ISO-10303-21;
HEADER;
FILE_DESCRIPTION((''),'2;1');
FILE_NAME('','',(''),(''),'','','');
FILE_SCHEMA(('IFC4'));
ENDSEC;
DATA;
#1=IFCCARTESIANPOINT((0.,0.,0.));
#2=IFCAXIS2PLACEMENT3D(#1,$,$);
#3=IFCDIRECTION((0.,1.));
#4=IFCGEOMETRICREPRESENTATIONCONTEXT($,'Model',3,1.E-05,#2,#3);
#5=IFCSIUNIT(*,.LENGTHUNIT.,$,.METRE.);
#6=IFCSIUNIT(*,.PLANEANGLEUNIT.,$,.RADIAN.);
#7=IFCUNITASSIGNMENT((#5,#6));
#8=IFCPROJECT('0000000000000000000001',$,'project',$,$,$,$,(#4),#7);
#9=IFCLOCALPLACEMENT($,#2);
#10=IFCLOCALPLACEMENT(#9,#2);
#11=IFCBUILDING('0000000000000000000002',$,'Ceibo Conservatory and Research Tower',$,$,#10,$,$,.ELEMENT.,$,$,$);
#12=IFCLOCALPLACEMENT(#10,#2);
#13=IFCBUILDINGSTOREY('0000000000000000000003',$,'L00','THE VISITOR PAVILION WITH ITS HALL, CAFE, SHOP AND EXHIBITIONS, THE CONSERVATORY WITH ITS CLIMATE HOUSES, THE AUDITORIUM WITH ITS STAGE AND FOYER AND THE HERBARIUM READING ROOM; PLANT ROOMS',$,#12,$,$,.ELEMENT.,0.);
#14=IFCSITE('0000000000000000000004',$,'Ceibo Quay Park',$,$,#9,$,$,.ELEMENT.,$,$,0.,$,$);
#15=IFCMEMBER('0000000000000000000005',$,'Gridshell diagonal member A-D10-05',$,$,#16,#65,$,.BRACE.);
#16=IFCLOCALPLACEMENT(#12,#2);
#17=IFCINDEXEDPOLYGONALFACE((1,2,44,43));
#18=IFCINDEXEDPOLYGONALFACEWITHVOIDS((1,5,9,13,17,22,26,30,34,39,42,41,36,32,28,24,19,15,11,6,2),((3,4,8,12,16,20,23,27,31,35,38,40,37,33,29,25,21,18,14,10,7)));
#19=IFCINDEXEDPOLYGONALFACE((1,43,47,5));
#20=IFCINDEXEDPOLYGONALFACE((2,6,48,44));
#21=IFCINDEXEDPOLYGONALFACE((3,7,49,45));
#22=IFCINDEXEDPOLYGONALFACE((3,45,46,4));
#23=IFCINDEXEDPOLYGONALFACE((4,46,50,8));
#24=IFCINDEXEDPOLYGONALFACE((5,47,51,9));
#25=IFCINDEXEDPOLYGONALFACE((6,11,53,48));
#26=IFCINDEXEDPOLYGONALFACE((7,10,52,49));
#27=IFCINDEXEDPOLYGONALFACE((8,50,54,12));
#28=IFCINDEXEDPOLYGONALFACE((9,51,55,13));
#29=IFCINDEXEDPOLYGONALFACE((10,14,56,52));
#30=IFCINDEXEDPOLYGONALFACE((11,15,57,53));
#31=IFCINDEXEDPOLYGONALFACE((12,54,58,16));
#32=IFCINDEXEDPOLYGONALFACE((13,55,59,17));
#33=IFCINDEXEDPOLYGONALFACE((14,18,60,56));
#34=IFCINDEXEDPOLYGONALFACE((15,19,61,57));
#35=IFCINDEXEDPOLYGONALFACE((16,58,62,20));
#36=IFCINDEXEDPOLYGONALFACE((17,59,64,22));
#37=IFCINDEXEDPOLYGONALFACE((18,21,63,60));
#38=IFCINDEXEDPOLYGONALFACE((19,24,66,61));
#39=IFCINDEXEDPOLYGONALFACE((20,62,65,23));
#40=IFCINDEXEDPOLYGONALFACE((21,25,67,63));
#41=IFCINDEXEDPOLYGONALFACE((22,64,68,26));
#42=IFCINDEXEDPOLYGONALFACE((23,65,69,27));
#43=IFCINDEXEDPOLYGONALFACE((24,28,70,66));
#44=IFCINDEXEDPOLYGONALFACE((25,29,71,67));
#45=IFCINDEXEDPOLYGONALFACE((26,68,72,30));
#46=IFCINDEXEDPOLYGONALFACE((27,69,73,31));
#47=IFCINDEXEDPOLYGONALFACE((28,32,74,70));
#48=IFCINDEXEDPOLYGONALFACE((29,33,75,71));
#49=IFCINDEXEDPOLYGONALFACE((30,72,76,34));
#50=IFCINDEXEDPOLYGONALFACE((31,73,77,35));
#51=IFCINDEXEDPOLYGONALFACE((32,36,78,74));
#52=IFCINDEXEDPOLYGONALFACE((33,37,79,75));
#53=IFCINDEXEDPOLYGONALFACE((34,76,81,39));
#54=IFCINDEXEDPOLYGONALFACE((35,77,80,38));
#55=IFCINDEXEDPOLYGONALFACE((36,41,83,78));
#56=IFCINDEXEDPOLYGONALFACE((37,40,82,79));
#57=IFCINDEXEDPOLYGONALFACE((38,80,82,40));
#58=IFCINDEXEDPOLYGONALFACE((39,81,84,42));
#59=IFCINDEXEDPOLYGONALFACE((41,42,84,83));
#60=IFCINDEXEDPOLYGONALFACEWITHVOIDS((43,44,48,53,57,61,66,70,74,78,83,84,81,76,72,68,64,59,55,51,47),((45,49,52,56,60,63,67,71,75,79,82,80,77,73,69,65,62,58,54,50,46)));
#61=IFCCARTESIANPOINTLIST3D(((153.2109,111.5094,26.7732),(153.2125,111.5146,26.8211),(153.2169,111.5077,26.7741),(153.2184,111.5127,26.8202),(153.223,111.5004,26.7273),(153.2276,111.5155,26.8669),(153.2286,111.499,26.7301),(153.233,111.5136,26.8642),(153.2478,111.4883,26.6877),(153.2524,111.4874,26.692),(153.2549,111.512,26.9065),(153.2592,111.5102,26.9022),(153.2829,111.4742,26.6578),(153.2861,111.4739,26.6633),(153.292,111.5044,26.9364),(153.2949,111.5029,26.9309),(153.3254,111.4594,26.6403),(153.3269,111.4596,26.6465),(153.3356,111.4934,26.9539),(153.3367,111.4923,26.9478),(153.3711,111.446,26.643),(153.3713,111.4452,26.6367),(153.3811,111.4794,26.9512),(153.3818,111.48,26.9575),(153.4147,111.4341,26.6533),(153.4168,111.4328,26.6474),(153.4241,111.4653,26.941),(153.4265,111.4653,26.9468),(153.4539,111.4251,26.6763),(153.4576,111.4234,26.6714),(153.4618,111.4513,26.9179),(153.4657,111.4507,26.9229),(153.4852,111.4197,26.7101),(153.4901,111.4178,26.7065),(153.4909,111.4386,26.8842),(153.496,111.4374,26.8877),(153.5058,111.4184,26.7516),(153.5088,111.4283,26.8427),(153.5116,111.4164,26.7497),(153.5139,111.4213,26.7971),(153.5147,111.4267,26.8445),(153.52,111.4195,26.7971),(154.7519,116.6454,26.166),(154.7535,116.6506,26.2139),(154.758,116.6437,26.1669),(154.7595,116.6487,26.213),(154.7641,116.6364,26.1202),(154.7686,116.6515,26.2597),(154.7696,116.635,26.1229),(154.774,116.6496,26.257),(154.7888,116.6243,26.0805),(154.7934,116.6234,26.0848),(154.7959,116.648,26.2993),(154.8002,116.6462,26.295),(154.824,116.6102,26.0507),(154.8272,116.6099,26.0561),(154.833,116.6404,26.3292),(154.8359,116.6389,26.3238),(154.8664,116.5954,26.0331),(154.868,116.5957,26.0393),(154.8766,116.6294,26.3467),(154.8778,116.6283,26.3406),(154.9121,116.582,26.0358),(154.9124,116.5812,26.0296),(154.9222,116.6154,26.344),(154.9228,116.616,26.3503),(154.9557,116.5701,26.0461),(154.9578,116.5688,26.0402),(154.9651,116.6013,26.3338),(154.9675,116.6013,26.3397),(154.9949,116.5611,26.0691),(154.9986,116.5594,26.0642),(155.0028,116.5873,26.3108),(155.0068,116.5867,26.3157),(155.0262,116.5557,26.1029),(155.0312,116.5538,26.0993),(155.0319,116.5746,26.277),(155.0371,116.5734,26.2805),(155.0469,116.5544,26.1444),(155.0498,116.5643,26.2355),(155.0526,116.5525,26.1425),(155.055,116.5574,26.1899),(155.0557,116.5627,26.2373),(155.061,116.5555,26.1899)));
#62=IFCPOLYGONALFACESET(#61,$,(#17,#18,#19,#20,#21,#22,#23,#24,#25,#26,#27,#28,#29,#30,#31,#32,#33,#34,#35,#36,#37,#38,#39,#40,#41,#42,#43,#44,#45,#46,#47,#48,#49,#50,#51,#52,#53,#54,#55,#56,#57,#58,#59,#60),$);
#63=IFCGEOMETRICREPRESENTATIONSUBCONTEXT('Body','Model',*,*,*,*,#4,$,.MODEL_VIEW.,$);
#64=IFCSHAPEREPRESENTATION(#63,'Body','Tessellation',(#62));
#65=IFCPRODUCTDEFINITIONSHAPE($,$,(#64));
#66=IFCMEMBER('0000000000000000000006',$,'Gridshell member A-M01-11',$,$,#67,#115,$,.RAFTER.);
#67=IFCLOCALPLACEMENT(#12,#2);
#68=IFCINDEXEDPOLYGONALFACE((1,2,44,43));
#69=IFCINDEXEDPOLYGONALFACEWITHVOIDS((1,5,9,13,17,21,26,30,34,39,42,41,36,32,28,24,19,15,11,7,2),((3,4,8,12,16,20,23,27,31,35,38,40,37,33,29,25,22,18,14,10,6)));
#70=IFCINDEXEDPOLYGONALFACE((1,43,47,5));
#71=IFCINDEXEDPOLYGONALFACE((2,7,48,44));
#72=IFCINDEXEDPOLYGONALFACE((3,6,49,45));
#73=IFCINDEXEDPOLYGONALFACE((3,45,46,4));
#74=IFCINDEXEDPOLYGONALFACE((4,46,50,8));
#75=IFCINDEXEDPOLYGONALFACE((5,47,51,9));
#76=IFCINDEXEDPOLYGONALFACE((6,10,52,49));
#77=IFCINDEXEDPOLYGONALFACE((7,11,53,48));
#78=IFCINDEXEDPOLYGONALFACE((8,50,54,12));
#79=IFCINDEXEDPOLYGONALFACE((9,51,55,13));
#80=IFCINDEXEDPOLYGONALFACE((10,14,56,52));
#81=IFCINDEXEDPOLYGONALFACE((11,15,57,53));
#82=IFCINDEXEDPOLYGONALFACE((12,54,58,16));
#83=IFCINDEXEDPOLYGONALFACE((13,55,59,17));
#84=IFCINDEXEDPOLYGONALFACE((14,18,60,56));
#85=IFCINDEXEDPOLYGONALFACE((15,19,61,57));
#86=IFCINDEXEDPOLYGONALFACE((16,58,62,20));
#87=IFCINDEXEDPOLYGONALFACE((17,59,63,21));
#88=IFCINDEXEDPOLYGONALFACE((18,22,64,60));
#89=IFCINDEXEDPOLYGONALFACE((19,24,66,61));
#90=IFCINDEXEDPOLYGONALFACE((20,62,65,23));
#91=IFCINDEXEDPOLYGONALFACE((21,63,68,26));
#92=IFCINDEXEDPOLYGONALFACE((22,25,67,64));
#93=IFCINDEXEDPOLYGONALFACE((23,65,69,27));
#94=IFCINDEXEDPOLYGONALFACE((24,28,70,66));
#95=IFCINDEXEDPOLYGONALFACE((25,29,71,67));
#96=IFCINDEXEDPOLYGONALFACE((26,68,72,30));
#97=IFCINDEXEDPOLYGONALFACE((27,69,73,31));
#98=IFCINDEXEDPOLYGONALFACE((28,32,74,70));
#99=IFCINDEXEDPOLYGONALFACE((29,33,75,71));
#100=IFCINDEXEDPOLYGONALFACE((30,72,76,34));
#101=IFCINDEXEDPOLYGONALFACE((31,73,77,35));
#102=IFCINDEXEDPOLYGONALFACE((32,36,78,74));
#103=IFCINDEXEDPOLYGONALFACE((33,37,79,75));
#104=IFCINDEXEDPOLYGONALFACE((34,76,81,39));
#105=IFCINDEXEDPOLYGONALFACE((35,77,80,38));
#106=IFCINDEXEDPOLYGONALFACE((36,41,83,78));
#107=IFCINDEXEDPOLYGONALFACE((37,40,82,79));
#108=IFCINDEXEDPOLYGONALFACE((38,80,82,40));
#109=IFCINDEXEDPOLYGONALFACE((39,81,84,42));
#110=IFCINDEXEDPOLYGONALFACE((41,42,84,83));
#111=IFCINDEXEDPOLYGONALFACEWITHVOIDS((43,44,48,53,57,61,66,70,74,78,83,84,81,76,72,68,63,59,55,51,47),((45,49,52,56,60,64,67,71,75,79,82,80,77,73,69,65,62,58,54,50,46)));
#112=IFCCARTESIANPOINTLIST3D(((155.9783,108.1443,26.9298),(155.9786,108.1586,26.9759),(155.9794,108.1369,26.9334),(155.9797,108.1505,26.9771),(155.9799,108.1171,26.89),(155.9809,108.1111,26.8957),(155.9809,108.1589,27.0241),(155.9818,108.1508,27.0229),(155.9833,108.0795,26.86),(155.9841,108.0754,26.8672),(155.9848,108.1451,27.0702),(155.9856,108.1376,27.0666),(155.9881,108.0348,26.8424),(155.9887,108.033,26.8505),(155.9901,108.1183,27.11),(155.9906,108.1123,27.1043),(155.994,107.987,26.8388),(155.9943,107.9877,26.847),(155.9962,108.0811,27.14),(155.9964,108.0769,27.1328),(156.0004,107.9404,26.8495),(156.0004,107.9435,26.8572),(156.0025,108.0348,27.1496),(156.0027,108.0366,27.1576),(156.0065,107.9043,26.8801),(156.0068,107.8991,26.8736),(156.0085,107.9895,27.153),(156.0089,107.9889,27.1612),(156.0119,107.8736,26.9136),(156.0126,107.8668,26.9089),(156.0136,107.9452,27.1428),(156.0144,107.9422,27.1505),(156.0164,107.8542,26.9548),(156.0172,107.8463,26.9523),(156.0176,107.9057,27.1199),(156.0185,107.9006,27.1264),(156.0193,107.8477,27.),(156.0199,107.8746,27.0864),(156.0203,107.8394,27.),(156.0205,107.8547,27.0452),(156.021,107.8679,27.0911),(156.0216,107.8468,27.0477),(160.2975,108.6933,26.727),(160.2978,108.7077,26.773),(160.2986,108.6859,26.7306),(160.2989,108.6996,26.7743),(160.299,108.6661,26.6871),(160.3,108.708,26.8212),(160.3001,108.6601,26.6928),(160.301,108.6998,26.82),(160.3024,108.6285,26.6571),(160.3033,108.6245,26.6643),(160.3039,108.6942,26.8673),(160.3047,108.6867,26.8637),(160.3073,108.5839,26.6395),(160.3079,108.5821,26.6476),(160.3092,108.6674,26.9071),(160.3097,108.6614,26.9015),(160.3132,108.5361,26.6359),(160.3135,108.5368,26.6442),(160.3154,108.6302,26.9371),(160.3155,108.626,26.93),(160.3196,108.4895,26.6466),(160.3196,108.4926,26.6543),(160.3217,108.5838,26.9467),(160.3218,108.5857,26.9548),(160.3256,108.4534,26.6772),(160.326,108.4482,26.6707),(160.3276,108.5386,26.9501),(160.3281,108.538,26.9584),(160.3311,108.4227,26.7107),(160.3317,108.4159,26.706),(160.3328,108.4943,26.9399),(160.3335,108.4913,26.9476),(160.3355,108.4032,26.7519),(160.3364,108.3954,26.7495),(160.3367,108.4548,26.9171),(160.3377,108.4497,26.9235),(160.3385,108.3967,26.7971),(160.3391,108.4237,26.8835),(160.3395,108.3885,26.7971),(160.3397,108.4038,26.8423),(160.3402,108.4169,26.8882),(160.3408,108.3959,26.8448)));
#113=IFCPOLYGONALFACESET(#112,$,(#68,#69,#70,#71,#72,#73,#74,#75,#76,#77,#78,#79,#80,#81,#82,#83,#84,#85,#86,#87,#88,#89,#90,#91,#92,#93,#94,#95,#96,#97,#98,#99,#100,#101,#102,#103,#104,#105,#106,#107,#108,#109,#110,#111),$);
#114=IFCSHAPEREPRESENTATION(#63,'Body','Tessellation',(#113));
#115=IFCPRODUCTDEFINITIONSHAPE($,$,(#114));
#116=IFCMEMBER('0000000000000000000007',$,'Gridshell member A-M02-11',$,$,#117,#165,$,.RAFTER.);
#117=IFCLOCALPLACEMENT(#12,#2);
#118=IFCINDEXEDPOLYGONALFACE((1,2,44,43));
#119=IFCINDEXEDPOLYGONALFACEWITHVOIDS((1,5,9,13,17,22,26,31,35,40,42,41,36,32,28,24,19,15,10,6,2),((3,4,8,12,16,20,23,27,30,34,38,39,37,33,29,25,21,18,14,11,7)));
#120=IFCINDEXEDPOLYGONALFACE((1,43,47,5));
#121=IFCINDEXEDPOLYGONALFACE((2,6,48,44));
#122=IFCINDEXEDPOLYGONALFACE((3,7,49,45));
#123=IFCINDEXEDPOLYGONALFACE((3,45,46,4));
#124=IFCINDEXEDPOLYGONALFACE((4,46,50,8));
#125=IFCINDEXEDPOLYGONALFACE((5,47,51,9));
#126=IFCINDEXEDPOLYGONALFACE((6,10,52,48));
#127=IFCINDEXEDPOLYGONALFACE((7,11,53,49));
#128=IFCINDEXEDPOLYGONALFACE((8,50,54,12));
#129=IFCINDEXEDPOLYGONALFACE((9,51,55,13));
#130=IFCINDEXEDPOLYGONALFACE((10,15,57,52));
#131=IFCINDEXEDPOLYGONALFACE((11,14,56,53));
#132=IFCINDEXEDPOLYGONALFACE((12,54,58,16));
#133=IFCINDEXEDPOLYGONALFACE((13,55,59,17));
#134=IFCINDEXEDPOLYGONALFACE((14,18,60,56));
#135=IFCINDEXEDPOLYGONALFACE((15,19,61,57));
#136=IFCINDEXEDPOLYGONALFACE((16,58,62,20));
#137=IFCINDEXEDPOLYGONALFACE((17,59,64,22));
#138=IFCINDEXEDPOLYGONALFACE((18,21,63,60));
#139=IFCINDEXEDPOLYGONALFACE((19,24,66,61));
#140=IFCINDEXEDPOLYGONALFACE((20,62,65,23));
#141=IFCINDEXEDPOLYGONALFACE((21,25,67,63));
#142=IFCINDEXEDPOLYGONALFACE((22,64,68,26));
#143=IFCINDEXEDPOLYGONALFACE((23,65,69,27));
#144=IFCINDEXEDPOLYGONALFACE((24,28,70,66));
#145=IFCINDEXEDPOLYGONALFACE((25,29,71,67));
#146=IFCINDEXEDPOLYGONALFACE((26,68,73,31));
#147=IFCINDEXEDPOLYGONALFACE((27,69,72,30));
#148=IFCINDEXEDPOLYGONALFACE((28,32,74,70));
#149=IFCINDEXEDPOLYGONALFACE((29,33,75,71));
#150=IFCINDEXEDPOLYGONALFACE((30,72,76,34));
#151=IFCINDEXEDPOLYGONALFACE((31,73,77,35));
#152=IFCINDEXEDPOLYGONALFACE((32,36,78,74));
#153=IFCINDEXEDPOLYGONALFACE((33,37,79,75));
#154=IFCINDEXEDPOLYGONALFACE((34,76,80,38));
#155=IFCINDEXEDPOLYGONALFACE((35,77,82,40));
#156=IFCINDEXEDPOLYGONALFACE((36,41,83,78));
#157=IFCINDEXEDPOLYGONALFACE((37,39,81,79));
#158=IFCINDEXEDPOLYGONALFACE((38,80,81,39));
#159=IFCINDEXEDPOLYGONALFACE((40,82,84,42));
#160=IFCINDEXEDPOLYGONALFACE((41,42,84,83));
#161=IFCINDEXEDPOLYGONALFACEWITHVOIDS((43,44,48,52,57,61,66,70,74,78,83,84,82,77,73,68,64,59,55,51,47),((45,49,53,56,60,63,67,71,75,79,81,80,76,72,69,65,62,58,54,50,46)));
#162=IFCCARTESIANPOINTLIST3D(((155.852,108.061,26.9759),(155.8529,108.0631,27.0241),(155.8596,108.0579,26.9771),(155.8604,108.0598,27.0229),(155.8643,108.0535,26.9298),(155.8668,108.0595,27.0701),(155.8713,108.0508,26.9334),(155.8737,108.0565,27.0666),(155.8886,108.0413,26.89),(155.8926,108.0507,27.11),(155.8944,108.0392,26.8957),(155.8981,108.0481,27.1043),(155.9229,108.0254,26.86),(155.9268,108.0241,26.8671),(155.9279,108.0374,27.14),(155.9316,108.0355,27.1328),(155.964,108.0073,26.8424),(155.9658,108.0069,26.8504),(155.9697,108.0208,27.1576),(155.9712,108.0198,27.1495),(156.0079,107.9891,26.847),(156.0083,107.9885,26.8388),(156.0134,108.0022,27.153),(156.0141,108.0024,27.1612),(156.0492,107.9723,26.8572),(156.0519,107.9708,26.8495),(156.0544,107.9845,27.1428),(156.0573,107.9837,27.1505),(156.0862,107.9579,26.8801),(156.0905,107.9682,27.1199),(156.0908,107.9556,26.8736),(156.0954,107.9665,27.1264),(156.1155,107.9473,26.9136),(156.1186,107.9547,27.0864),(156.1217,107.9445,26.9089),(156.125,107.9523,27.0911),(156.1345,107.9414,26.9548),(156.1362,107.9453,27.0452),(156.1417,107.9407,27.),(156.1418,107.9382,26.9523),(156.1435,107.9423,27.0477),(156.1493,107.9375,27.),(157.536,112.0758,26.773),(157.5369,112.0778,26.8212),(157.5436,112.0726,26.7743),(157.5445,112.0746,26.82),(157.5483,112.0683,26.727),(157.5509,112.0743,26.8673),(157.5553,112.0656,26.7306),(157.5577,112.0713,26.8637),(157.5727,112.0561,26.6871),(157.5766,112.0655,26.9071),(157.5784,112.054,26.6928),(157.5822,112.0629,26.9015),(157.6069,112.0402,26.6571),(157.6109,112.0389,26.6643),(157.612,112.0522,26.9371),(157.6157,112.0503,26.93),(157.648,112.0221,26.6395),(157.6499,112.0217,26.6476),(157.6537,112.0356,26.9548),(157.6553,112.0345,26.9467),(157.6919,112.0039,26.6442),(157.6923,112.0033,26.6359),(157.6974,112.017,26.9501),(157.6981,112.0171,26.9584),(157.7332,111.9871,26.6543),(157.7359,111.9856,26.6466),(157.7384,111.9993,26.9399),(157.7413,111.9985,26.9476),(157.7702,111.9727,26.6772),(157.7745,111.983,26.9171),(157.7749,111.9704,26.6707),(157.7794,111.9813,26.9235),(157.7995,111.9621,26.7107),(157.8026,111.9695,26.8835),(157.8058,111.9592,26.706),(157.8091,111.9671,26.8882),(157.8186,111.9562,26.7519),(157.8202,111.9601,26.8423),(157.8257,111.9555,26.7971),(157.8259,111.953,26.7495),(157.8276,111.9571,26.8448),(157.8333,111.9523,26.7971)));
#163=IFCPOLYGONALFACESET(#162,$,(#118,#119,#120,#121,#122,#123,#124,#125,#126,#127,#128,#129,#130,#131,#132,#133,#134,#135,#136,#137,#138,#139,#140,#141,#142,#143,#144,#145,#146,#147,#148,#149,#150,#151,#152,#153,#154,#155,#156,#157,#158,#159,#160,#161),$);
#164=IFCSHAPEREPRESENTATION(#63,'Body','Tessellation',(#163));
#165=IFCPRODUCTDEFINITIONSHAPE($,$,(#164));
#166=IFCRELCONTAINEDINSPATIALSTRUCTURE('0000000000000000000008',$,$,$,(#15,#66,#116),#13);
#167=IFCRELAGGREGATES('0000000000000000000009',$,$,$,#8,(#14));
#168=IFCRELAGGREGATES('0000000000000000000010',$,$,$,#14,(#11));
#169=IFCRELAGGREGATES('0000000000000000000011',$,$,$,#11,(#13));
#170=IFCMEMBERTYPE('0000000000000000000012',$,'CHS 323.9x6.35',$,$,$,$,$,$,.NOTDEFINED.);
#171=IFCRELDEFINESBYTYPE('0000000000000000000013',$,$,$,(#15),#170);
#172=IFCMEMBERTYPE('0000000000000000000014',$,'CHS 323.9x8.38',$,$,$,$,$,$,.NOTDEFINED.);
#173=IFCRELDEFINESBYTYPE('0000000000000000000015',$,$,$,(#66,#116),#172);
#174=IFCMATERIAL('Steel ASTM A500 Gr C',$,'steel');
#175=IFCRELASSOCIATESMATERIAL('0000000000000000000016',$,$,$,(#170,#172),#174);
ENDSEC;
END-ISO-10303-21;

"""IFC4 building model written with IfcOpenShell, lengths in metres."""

from ifc_helpers import new_model, si_unit, direction, frame, origin, origin_2d, place, context, subcontext, project, spatial, hollow_circle, extrude, material, material_profile, profile_set, type_object, element, save


model = new_model("IFC4")

# Units and contexts
model_context = context("Model", 3, precision=1e-05, world=origin(), true_north=direction((0.0, 1.0)))
body_context = subcontext(model_context, "Body", "Model", "MODEL_VIEW")
ifc_project = project(units=[si_unit("LENGTHUNIT", "METRE"), si_unit("PLANEANGLEUNIT", "RADIAN")], contexts=[model_context])

# Site, building, storey
site_placement = place(None, origin())
site = spatial("IfcSite", under=ifc_project, at=site_placement, Name="Ceibo Quay Park", CompositionType="ELEMENT", RefElevation=0.0)
building_placement = place(site_placement, origin())
building = spatial("IfcBuilding", under=site, at=building_placement, Name="Ceibo Conservatory and Research Tower", CompositionType="ELEMENT")
storey_placement = place(building_placement, origin())
storey = spatial("IfcBuildingStorey", under=building, at=storey_placement, Name="L00", Description="THE VISITOR PAVILION WITH ITS HALL, CAFE, SHOP AND EXHIBITIONS, THE CONSERVATORY WITH ITS CLIMATE HOUSES, THE AUDITORIUM WITH ITS STAGE AND FOYER AND THE HERBARIUM READING ROOM; PLANT ROOMS", CompositionType="ELEMENT", Elevation=0.0)

# Members
ifc_material_1 = material(Name="Steel ASTM A500 Gr C", Category="steel")
ifc_material_profile_1 = material_profile(ifc_material_1, hollow_circle(Radius=0.1619, WallThickness=0.0063, at=origin_2d()), Name="CHS 323.9x6.35")
ifc_profile_set_1 = profile_set([ifc_material_profile_1], Name="Steel ASTM A500 Gr C")
member_type_1 = type_object("IfcMemberType", Name="CHS 323.9x6.35", PredefinedType="NOTDEFINED", material=ifc_profile_set_1)
member_1_placement = place(storey_placement, frame((154.906, 116.6021, 26.1899), z_axis=(-0.285561, -0.951733, 0.112514), x_axis=(0.957815, -0.287385, 0.0)))
element("IfcMember", 1, at=member_1_placement, inside=storey, type_object=member_type_1, Name="Gridshell diagonal member A-D10-05", PredefinedType="BRACE", context=body_context, shape_type="SweptSolid", body=[
    extrude(hollow_circle(Radius=0.1619, WallThickness=0.0063, at=origin_2d()), origin(), (0.0, 0.0, 1.0), 5.3965),
])
ifc_material_profile_2 = material_profile(ifc_material_1, hollow_circle(Radius=0.1619, WallThickness=0.0083, at=origin_2d()), Name="CHS 323.9x8.38")
ifc_profile_set_2 = profile_set([ifc_material_profile_2], Name="Steel ASTM A500 Gr C")
member_type_2 = type_object("IfcMemberType", Name="CHS 323.9x8.38", PredefinedType="NOTDEFINED", material=ifc_profile_set_2)
member_2_placement = place(storey_placement, frame((160.3191, 108.5491, 26.7971), z_axis=(-0.990941, -0.125975, 0.046547), x_axis=(0.126112, -0.992016, 0.0)))
element("IfcMember", 2, at=member_2_placement, inside=storey, type_object=member_type_2, Name="Gridshell member A-M01-11", PredefinedType="RAFTER", context=body_context, shape_type="SweptSolid", body=[
    extrude(hollow_circle(Radius=0.1619, WallThickness=0.0083, at=origin_2d()), origin(), (0.0, 0.0, 1.0), 4.3586),
])
member_3_placement = place(storey_placement, frame((157.6841, 112.0149, 26.7971), z_axis=(-0.386389, -0.921161, 0.046548), x_axis=(0.92216, -0.386808, 0.0)))
element("IfcMember", 3, at=member_3_placement, inside=storey, type_object=member_type_2, Name="Gridshell member A-M02-11", PredefinedType="RAFTER", context=body_context, shape_type="SweptSolid", body=[
    extrude(hollow_circle(Radius=0.1619, WallThickness=0.0083, at=origin_2d()), origin(), (0.0, 0.0, 1.0), 4.3584),
])

save(model, "model.ifc")
